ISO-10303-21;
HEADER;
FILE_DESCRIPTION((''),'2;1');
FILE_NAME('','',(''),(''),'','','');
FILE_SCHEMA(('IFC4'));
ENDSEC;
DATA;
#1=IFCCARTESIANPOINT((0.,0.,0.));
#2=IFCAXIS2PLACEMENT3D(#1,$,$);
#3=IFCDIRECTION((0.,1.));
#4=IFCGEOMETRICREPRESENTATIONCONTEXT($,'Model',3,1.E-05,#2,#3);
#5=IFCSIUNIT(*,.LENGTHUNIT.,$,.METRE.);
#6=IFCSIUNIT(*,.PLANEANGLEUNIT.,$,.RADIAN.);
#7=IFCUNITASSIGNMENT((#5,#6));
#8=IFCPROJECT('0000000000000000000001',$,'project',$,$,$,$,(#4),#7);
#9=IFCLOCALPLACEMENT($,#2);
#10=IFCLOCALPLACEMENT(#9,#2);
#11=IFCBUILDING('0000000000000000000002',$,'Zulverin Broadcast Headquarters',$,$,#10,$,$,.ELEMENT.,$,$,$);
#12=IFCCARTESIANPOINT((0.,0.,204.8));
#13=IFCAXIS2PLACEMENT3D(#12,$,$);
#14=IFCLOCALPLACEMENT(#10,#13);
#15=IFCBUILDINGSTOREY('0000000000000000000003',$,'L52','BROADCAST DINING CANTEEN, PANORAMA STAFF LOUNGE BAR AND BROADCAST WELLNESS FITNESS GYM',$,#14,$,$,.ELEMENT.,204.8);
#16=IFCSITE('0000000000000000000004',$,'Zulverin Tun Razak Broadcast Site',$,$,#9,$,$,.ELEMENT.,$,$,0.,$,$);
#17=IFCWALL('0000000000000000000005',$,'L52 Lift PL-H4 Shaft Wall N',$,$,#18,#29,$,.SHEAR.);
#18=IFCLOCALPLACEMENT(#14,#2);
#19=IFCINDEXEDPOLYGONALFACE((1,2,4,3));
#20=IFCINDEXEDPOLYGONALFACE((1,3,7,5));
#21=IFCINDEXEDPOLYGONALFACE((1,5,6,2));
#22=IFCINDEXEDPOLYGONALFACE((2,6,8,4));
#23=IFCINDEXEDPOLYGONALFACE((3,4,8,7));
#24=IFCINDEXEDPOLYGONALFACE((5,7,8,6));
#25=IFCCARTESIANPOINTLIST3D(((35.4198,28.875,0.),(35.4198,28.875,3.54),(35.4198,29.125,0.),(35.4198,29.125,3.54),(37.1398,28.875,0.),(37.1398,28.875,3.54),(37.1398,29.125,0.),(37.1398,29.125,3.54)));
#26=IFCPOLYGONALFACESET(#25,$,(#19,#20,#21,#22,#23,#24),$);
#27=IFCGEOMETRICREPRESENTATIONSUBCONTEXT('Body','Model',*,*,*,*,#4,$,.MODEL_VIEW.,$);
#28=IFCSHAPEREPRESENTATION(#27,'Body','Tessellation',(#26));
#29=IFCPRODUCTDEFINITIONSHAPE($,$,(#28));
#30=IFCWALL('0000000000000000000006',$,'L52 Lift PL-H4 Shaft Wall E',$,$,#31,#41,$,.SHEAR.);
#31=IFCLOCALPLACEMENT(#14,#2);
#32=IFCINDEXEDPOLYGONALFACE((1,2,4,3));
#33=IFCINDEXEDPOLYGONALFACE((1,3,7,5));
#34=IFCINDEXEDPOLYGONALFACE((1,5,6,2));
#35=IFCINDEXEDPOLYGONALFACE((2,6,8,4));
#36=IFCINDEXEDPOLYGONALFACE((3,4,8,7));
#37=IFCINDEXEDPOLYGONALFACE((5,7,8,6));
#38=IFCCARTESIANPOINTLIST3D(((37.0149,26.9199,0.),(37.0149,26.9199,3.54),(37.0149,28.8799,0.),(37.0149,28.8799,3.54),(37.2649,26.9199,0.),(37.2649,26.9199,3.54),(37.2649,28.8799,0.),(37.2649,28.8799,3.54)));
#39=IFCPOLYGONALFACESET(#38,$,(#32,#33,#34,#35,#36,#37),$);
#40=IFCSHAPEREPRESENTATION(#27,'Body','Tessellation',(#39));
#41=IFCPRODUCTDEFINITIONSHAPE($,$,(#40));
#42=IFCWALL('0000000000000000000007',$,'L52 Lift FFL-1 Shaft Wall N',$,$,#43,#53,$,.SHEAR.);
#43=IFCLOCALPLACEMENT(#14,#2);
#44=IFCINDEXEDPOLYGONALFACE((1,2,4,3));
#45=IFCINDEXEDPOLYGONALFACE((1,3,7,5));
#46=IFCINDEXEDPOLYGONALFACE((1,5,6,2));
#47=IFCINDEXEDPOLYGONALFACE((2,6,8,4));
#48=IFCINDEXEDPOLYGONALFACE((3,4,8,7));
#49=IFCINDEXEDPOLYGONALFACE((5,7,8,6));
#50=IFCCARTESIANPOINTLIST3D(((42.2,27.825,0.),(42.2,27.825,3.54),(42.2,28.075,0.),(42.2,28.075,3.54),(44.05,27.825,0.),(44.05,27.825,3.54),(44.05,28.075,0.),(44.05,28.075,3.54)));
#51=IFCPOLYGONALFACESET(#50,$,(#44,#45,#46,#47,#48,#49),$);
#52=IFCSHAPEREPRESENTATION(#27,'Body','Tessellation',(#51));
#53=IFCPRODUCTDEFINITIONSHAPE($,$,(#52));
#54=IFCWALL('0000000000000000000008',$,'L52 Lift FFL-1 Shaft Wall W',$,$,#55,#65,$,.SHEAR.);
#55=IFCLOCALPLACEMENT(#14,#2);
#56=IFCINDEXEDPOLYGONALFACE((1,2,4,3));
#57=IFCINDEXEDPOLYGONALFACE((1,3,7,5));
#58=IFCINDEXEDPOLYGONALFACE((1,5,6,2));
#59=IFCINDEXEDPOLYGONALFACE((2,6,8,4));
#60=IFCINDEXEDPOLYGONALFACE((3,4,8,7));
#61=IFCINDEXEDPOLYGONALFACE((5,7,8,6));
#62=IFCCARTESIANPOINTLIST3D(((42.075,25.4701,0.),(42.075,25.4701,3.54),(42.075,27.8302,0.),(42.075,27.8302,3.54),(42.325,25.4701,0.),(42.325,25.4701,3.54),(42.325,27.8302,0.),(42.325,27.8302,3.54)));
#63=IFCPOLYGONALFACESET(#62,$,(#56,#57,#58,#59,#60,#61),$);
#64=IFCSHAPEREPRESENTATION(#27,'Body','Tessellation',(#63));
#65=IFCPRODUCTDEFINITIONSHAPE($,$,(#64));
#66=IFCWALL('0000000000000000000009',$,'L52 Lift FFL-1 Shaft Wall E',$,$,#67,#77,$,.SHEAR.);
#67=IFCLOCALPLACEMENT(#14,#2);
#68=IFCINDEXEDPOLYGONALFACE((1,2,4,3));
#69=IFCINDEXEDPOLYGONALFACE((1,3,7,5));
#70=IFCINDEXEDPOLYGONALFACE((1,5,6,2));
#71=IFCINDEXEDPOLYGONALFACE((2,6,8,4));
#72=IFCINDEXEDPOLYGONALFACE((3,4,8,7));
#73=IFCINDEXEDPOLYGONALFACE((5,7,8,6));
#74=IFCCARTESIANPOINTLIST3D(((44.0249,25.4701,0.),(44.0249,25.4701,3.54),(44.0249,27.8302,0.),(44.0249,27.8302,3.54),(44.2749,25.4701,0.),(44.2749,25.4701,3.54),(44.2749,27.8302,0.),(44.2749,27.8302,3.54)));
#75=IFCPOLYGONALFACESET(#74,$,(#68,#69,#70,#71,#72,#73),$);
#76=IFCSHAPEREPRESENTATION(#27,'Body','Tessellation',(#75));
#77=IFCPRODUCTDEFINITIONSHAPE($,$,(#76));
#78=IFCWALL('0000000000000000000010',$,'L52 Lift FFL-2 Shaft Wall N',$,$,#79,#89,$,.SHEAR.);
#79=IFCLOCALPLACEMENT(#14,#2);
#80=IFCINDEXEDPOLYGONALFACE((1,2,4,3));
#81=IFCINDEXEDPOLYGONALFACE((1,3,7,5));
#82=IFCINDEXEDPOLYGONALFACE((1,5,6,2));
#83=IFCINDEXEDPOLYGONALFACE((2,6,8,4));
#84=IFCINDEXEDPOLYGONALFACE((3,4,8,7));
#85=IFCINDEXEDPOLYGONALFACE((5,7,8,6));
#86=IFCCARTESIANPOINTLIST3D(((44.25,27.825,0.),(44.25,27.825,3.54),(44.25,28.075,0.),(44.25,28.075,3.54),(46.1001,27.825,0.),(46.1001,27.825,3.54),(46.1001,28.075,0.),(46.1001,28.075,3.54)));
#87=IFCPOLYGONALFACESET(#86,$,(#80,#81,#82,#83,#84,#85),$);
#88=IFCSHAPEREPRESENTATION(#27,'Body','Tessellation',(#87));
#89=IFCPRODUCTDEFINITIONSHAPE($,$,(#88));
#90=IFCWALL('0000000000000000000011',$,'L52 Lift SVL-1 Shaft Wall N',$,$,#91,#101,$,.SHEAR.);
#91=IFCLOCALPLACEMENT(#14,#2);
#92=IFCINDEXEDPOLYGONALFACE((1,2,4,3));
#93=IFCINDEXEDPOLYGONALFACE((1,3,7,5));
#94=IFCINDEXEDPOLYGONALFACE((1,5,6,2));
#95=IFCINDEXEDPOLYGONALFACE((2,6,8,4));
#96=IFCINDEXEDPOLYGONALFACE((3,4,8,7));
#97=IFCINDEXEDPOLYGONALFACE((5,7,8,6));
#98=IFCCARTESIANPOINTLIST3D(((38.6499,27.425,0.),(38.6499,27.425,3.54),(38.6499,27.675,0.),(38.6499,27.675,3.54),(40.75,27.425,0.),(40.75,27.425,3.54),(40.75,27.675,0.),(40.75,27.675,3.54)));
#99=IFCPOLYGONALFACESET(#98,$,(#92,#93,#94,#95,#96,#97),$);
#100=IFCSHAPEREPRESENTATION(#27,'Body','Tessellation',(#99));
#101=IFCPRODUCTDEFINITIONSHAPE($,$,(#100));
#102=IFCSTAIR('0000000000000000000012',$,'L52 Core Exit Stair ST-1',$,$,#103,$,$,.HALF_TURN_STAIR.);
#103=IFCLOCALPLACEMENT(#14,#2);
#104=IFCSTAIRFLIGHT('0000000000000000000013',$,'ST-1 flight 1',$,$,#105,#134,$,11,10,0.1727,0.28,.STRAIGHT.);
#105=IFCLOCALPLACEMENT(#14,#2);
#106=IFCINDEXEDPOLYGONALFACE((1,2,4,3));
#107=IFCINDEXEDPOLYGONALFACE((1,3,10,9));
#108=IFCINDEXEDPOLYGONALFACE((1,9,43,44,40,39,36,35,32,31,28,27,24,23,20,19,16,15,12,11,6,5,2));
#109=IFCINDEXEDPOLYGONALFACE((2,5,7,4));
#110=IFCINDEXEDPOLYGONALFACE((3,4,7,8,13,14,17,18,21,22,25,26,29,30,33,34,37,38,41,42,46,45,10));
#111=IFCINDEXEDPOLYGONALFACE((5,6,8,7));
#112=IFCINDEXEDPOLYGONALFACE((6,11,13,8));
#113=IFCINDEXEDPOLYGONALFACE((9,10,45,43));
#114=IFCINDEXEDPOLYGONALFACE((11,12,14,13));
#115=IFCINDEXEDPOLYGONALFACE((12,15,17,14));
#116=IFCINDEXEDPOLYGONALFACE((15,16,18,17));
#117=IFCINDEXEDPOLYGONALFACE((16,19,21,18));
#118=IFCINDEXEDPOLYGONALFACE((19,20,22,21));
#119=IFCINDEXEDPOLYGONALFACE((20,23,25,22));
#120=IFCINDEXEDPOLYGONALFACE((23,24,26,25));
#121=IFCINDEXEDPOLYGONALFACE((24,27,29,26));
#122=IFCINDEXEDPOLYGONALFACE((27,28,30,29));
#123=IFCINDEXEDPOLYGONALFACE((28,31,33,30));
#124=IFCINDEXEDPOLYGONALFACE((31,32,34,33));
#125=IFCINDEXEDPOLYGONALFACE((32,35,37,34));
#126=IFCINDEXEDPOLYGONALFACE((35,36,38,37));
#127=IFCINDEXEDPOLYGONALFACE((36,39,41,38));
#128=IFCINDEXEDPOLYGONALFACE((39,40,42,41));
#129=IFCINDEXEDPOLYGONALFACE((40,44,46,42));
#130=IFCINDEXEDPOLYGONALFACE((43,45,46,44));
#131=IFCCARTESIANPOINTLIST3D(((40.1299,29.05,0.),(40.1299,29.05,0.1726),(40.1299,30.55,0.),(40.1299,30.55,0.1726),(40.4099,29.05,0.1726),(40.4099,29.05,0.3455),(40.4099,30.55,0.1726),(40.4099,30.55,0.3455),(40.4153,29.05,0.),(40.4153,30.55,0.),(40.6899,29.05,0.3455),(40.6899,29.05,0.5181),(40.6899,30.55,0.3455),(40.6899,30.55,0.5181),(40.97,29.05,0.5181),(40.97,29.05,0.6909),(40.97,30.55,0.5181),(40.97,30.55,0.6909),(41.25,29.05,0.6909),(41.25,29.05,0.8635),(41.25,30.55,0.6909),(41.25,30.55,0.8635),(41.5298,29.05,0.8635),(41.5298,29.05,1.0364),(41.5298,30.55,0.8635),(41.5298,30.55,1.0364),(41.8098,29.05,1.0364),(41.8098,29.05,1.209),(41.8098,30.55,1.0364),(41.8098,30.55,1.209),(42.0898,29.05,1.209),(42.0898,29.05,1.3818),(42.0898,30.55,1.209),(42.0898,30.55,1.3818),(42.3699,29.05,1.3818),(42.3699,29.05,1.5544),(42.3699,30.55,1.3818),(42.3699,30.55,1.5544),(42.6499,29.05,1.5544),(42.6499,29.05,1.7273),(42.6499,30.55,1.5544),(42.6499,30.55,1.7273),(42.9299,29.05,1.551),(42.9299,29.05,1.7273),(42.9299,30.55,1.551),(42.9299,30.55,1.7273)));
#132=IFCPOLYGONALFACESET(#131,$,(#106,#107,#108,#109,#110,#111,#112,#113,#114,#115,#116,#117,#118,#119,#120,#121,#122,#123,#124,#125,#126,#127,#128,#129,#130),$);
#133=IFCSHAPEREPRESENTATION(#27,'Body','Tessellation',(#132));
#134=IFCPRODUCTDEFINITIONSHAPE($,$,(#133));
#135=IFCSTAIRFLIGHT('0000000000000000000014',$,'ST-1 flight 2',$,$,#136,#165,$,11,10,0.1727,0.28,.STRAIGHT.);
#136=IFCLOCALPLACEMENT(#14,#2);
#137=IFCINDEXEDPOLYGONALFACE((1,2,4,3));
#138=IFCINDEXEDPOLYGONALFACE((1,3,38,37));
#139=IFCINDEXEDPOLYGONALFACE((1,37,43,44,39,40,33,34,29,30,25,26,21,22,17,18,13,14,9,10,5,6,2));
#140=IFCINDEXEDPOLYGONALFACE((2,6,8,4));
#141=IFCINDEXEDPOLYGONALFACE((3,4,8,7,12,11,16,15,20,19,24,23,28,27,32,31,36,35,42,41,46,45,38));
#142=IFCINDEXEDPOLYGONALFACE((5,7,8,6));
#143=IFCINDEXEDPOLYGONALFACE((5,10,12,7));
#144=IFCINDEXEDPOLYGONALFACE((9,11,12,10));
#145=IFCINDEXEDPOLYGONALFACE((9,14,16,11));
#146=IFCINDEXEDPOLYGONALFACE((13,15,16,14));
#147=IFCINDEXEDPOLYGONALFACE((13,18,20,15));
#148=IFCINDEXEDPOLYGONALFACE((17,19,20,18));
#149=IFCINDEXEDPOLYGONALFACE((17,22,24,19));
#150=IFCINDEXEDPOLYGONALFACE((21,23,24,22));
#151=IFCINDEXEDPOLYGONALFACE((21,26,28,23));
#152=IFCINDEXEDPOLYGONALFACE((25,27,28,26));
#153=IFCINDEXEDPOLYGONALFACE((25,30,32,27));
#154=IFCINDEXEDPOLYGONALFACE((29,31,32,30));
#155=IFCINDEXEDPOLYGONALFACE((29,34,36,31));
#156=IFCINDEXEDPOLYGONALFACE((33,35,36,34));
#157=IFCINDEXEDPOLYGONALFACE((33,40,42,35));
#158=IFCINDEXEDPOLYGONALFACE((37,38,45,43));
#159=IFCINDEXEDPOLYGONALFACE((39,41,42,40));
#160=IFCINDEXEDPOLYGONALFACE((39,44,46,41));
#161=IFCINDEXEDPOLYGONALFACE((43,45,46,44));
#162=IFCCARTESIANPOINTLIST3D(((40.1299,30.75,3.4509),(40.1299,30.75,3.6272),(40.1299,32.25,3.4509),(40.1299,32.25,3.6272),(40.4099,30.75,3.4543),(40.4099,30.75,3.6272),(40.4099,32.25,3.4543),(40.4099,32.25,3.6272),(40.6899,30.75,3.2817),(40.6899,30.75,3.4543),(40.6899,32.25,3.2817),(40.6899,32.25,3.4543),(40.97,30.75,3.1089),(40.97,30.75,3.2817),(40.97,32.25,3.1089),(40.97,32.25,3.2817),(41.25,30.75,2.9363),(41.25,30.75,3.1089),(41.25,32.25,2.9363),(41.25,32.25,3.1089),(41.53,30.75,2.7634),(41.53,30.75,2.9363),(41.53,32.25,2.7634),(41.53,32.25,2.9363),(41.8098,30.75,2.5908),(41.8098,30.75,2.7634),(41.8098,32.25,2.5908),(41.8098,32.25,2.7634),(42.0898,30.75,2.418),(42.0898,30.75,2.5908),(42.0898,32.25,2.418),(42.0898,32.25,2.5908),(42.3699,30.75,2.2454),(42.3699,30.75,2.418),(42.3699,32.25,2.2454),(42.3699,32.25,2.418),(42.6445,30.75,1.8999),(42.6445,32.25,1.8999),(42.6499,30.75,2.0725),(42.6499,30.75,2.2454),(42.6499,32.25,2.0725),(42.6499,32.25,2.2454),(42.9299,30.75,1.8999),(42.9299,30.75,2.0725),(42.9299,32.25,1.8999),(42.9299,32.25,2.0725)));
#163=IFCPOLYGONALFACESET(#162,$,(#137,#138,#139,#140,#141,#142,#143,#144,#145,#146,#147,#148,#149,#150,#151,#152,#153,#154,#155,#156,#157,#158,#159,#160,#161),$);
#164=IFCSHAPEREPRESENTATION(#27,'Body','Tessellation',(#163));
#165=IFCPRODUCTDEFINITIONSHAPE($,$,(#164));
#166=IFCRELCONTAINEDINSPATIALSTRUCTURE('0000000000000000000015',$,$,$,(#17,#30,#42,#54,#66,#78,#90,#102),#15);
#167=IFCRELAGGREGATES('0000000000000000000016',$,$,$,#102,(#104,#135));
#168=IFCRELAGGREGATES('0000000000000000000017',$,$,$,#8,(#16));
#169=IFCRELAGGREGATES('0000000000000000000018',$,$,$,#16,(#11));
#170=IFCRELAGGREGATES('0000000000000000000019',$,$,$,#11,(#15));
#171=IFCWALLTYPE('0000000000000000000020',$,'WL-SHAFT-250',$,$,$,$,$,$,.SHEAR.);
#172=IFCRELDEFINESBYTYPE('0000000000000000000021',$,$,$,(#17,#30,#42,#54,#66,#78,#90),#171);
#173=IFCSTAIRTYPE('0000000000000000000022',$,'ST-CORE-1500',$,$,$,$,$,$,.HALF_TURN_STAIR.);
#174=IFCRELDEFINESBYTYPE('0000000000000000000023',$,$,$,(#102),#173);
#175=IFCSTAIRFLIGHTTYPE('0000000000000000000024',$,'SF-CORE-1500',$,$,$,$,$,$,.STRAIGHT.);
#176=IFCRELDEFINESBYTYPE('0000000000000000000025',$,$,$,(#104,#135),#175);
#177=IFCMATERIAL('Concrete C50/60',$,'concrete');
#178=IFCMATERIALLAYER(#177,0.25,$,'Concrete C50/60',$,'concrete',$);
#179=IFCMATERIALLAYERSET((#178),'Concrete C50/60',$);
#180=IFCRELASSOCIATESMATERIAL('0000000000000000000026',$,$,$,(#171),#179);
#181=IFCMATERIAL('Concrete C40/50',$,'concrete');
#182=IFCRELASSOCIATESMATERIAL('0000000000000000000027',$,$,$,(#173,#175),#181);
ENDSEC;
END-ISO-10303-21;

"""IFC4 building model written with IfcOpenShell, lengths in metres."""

from ifc_helpers import new_model, si_unit, direction, frame, frame_2d, origin, place, context, subcontext, project, spatial, polyline, rectangle, outline, extrude, material, layer, layer_set, type_object, element, aggregate, save


model = new_model("IFC4")

# Units and contexts
model_context = context("Model", 3, precision=1e-05, world=origin(), true_north=direction((0.0, 1.0)))
body_context = subcontext(model_context, "Body", "Model", "MODEL_VIEW")
ifc_project = project(units=[si_unit("LENGTHUNIT", "METRE"), si_unit("PLANEANGLEUNIT", "RADIAN")], contexts=[model_context])

# Site, building, storey
site_placement = place(None, origin())
site = spatial("IfcSite", under=ifc_project, at=site_placement, Name="Zulverin Tun Razak Broadcast Site", CompositionType="ELEMENT", RefElevation=0.0)
building_placement = place(site_placement, origin())
building = spatial("IfcBuilding", under=site, at=building_placement, Name="Zulverin Broadcast Headquarters", CompositionType="ELEMENT")
storey_placement = place(building_placement, frame((0.0, 0.0, 204.8)))
storey = spatial("IfcBuildingStorey", under=building, at=storey_placement, Name="L52", Description="BROADCAST DINING CANTEEN, PANORAMA STAFF LOUNGE BAR AND BROADCAST WELLNESS FITNESS GYM", CompositionType="ELEMENT", Elevation=204.8)

# Shared definitions
ifc_material_1 = material(Name="Concrete C50/60", Category="concrete")

# Shared definitions
ifc_material_2 = material(Name="Concrete C40/50", Category="concrete")

# Shared definitions
ifc_layer_1 = layer(ifc_material_1, 0.25, Name="Concrete C50/60", Category="concrete")
ifc_layer_set_1 = layer_set([ifc_layer_1], Name="Concrete C50/60")
wall_type_1 = type_object("IfcWallType", Name="WL-SHAFT-250", PredefinedType="SHEAR", material=ifc_layer_set_1)

# Walls
wall_1_placement = place(storey_placement, frame((35.4199, 29.0, 0.0), z_axis=(0.0, 0.0, 1.0), x_axis=(1.0, 0.0, 0.0)))
element("IfcWall", 1, at=wall_1_placement, inside=storey, type_object=wall_type_1, Name="L52 Lift PL-H4 Shaft Wall N", PredefinedType="SHEAR", context=body_context, shape_type="SweptSolid", body=[
    extrude(rectangle(XDim=1.72, YDim=0.25, at=frame_2d((0.8599, 0.0))), origin(), (0.0, 0.0, 1.0), 3.54),
])
wall_2_placement = place(storey_placement, frame((37.1399, 26.9199, 0.0), z_axis=(0.0, 0.0, 1.0), x_axis=(0.0, 1.0, 0.0)))
element("IfcWall", 2, at=wall_2_placement, inside=storey, type_object=wall_type_1, Name="L52 Lift PL-H4 Shaft Wall E", PredefinedType="SHEAR", context=body_context, shape_type="SweptSolid", body=[
    extrude(rectangle(XDim=1.96, YDim=0.25, at=frame_2d((0.98, 0.0))), origin(), (0.0, 0.0, 1.0), 3.54),
])
wall_3_placement = place(storey_placement, frame((42.2, 27.95, 0.0), z_axis=(0.0, 0.0, 1.0), x_axis=(1.0, 0.0, 0.0)))
element("IfcWall", 3, at=wall_3_placement, inside=storey, type_object=wall_type_1, Name="L52 Lift FFL-1 Shaft Wall N", PredefinedType="SHEAR", context=body_context, shape_type="SweptSolid", body=[
    extrude(rectangle(XDim=1.8501, YDim=0.25, at=frame_2d((0.925, 0.0))), origin(), (0.0, 0.0, 1.0), 3.54),
])
for number, where, z_axis, x_axis, name in (
    (4, (42.2, 25.47, 0.0), (0.0, 0.0, 1.0), (0.0, 1.0, 0.0), "L52 Lift FFL-1 Shaft Wall W"),
    (5, (44.1499, 25.47, 0.0), (0.0, 0.0, 1.0), (0.0, 1.0, 0.0), "L52 Lift FFL-1 Shaft Wall E"),
):
    element("IfcWall", number, at=place(storey_placement, frame(where, z_axis=z_axis, x_axis=x_axis)), inside=storey, type_object=wall_type_1, Name=name, PredefinedType="SHEAR", context=body_context, shape_type="SweptSolid", body=[
        extrude(rectangle(XDim=2.3601, YDim=0.25, at=frame_2d((1.1802, 0.0))), origin(), (0.0, 0.0, 1.0), 3.54),
    ])
wall_4_placement = place(storey_placement, frame((44.25, 27.95, 0.0), z_axis=(0.0, 0.0, 1.0), x_axis=(1.0, 0.0, 0.0)))
element("IfcWall", 6, at=wall_4_placement, inside=storey, type_object=wall_type_1, Name="L52 Lift FFL-2 Shaft Wall N", PredefinedType="SHEAR", context=body_context, shape_type="SweptSolid", body=[
    extrude(rectangle(XDim=1.8501, YDim=0.25, at=frame_2d((0.925, 0.0))), origin(), (0.0, 0.0, 1.0), 3.54),
])
wall_5_placement = place(storey_placement, frame((38.6499, 27.55, 0.0), z_axis=(0.0, 0.0, 1.0), x_axis=(1.0, 0.0, 0.0)))
element("IfcWall", 7, at=wall_5_placement, inside=storey, type_object=wall_type_1, Name="L52 Lift SVL-1 Shaft Wall N", PredefinedType="SHEAR", context=body_context, shape_type="SweptSolid", body=[
    extrude(rectangle(XDim=2.1001, YDim=0.25, at=frame_2d((1.05, 0.0))), origin(), (0.0, 0.0, 1.0), 3.54),
])

# Stair, stair flights
stair_type = type_object("IfcStairType", Name="ST-CORE-1500", PredefinedType="HALF_TURN_STAIR", material=ifc_material_2)
stair_placement = place(storey_placement, origin())
stair = element("IfcStair", 8, at=stair_placement, inside=storey, type_object=stair_type, Name="L52 Core Exit Stair ST-1", PredefinedType="HALF_TURN_STAIR")
stair_flight_type = type_object("IfcStairFlightType", Name="SF-CORE-1500", PredefinedType="STRAIGHT", material=ifc_material_2)
stair_flight_1_placement = place(storey_placement, frame((40.1299, 29.8, 0.0), z_axis=(0.0, 0.0, 1.0), x_axis=(1.0, 0.0, 0.0)))
stair_flight_1 = element("IfcStairFlight", 9, at=stair_flight_1_placement, type_object=stair_flight_type, Name="ST-1 flight 1", NumberOfRisers=11, NumberOfTreads=10, PredefinedType="STRAIGHT", RiserHeight=0.1727, TreadLength=0.28, context=body_context, shape_type="SweptSolid", body=[
    extrude(outline(polyline([(0.0, 0.0), (0.0, 0.1726), (0.28, 0.1726), (0.28, 0.3455), (0.5601, 0.3455), (0.5601, 0.5181), (0.8401, 0.5181), (0.8401, 0.6909), (1.1201, 0.6909), (1.1201, 0.8635), (1.3999, 0.8635), (1.3999, 1.0364), (1.6799, 1.0364), (1.6799, 1.209), (1.96, 1.209), (1.96, 1.3818), (2.24, 1.3818), (2.24, 1.5544), (2.52, 1.5544), (2.52, 1.7273), (2.8, 1.7273), (2.8, 1.8999), (2.8, 1.551), (0.2854, 0.0), (0.0, 0.0)])), frame((0.0, 0.75, 0.0), z_axis=(0.0, -1.0, 0.0), x_axis=(1.0, 0.0, 0.0)), (0.0, 0.0, 1.0), 1.5),
])
stair_flight_2_placement = place(storey_placement, frame((42.9299, 31.5, 1.8999), z_axis=(0.0, 0.0, 1.0), x_axis=(-1.0, 0.0, 0.0)))
stair_flight_2 = element("IfcStairFlight", 10, at=stair_flight_2_placement, type_object=stair_flight_type, Name="ST-1 flight 2", NumberOfRisers=11, NumberOfTreads=10, PredefinedType="STRAIGHT", RiserHeight=0.1727, TreadLength=0.28, context=body_context, shape_type="SweptSolid", body=[
    extrude(outline(polyline([(0.0, 0.0), (0.0, 0.1726), (0.28, 0.1726), (0.28, 0.3455), (0.5601, 0.3455), (0.5601, 0.5181), (0.8401, 0.5181), (0.8401, 0.6909), (1.1201, 0.6909), (1.1201, 0.8635), (1.3999, 0.8635), (1.3999, 1.0364), (1.6799, 1.0364), (1.6799, 1.209), (1.96, 1.209), (1.96, 1.3818), (2.24, 1.3818), (2.24, 1.5544), (2.52, 1.5544), (2.52, 1.7273), (2.8, 1.7273), (2.8, 1.8999), (2.8, 1.551), (0.2854, 0.0), (0.0, 0.0)])), frame((0.0, 0.75, 0.0), z_axis=(0.0, -1.0, 0.0), x_axis=(1.0, 0.0, 0.0)), (0.0, 0.0, 1.0), 1.5),
])
aggregate(stair, [stair_flight_1, stair_flight_2])

save(model, "model.ifc")
